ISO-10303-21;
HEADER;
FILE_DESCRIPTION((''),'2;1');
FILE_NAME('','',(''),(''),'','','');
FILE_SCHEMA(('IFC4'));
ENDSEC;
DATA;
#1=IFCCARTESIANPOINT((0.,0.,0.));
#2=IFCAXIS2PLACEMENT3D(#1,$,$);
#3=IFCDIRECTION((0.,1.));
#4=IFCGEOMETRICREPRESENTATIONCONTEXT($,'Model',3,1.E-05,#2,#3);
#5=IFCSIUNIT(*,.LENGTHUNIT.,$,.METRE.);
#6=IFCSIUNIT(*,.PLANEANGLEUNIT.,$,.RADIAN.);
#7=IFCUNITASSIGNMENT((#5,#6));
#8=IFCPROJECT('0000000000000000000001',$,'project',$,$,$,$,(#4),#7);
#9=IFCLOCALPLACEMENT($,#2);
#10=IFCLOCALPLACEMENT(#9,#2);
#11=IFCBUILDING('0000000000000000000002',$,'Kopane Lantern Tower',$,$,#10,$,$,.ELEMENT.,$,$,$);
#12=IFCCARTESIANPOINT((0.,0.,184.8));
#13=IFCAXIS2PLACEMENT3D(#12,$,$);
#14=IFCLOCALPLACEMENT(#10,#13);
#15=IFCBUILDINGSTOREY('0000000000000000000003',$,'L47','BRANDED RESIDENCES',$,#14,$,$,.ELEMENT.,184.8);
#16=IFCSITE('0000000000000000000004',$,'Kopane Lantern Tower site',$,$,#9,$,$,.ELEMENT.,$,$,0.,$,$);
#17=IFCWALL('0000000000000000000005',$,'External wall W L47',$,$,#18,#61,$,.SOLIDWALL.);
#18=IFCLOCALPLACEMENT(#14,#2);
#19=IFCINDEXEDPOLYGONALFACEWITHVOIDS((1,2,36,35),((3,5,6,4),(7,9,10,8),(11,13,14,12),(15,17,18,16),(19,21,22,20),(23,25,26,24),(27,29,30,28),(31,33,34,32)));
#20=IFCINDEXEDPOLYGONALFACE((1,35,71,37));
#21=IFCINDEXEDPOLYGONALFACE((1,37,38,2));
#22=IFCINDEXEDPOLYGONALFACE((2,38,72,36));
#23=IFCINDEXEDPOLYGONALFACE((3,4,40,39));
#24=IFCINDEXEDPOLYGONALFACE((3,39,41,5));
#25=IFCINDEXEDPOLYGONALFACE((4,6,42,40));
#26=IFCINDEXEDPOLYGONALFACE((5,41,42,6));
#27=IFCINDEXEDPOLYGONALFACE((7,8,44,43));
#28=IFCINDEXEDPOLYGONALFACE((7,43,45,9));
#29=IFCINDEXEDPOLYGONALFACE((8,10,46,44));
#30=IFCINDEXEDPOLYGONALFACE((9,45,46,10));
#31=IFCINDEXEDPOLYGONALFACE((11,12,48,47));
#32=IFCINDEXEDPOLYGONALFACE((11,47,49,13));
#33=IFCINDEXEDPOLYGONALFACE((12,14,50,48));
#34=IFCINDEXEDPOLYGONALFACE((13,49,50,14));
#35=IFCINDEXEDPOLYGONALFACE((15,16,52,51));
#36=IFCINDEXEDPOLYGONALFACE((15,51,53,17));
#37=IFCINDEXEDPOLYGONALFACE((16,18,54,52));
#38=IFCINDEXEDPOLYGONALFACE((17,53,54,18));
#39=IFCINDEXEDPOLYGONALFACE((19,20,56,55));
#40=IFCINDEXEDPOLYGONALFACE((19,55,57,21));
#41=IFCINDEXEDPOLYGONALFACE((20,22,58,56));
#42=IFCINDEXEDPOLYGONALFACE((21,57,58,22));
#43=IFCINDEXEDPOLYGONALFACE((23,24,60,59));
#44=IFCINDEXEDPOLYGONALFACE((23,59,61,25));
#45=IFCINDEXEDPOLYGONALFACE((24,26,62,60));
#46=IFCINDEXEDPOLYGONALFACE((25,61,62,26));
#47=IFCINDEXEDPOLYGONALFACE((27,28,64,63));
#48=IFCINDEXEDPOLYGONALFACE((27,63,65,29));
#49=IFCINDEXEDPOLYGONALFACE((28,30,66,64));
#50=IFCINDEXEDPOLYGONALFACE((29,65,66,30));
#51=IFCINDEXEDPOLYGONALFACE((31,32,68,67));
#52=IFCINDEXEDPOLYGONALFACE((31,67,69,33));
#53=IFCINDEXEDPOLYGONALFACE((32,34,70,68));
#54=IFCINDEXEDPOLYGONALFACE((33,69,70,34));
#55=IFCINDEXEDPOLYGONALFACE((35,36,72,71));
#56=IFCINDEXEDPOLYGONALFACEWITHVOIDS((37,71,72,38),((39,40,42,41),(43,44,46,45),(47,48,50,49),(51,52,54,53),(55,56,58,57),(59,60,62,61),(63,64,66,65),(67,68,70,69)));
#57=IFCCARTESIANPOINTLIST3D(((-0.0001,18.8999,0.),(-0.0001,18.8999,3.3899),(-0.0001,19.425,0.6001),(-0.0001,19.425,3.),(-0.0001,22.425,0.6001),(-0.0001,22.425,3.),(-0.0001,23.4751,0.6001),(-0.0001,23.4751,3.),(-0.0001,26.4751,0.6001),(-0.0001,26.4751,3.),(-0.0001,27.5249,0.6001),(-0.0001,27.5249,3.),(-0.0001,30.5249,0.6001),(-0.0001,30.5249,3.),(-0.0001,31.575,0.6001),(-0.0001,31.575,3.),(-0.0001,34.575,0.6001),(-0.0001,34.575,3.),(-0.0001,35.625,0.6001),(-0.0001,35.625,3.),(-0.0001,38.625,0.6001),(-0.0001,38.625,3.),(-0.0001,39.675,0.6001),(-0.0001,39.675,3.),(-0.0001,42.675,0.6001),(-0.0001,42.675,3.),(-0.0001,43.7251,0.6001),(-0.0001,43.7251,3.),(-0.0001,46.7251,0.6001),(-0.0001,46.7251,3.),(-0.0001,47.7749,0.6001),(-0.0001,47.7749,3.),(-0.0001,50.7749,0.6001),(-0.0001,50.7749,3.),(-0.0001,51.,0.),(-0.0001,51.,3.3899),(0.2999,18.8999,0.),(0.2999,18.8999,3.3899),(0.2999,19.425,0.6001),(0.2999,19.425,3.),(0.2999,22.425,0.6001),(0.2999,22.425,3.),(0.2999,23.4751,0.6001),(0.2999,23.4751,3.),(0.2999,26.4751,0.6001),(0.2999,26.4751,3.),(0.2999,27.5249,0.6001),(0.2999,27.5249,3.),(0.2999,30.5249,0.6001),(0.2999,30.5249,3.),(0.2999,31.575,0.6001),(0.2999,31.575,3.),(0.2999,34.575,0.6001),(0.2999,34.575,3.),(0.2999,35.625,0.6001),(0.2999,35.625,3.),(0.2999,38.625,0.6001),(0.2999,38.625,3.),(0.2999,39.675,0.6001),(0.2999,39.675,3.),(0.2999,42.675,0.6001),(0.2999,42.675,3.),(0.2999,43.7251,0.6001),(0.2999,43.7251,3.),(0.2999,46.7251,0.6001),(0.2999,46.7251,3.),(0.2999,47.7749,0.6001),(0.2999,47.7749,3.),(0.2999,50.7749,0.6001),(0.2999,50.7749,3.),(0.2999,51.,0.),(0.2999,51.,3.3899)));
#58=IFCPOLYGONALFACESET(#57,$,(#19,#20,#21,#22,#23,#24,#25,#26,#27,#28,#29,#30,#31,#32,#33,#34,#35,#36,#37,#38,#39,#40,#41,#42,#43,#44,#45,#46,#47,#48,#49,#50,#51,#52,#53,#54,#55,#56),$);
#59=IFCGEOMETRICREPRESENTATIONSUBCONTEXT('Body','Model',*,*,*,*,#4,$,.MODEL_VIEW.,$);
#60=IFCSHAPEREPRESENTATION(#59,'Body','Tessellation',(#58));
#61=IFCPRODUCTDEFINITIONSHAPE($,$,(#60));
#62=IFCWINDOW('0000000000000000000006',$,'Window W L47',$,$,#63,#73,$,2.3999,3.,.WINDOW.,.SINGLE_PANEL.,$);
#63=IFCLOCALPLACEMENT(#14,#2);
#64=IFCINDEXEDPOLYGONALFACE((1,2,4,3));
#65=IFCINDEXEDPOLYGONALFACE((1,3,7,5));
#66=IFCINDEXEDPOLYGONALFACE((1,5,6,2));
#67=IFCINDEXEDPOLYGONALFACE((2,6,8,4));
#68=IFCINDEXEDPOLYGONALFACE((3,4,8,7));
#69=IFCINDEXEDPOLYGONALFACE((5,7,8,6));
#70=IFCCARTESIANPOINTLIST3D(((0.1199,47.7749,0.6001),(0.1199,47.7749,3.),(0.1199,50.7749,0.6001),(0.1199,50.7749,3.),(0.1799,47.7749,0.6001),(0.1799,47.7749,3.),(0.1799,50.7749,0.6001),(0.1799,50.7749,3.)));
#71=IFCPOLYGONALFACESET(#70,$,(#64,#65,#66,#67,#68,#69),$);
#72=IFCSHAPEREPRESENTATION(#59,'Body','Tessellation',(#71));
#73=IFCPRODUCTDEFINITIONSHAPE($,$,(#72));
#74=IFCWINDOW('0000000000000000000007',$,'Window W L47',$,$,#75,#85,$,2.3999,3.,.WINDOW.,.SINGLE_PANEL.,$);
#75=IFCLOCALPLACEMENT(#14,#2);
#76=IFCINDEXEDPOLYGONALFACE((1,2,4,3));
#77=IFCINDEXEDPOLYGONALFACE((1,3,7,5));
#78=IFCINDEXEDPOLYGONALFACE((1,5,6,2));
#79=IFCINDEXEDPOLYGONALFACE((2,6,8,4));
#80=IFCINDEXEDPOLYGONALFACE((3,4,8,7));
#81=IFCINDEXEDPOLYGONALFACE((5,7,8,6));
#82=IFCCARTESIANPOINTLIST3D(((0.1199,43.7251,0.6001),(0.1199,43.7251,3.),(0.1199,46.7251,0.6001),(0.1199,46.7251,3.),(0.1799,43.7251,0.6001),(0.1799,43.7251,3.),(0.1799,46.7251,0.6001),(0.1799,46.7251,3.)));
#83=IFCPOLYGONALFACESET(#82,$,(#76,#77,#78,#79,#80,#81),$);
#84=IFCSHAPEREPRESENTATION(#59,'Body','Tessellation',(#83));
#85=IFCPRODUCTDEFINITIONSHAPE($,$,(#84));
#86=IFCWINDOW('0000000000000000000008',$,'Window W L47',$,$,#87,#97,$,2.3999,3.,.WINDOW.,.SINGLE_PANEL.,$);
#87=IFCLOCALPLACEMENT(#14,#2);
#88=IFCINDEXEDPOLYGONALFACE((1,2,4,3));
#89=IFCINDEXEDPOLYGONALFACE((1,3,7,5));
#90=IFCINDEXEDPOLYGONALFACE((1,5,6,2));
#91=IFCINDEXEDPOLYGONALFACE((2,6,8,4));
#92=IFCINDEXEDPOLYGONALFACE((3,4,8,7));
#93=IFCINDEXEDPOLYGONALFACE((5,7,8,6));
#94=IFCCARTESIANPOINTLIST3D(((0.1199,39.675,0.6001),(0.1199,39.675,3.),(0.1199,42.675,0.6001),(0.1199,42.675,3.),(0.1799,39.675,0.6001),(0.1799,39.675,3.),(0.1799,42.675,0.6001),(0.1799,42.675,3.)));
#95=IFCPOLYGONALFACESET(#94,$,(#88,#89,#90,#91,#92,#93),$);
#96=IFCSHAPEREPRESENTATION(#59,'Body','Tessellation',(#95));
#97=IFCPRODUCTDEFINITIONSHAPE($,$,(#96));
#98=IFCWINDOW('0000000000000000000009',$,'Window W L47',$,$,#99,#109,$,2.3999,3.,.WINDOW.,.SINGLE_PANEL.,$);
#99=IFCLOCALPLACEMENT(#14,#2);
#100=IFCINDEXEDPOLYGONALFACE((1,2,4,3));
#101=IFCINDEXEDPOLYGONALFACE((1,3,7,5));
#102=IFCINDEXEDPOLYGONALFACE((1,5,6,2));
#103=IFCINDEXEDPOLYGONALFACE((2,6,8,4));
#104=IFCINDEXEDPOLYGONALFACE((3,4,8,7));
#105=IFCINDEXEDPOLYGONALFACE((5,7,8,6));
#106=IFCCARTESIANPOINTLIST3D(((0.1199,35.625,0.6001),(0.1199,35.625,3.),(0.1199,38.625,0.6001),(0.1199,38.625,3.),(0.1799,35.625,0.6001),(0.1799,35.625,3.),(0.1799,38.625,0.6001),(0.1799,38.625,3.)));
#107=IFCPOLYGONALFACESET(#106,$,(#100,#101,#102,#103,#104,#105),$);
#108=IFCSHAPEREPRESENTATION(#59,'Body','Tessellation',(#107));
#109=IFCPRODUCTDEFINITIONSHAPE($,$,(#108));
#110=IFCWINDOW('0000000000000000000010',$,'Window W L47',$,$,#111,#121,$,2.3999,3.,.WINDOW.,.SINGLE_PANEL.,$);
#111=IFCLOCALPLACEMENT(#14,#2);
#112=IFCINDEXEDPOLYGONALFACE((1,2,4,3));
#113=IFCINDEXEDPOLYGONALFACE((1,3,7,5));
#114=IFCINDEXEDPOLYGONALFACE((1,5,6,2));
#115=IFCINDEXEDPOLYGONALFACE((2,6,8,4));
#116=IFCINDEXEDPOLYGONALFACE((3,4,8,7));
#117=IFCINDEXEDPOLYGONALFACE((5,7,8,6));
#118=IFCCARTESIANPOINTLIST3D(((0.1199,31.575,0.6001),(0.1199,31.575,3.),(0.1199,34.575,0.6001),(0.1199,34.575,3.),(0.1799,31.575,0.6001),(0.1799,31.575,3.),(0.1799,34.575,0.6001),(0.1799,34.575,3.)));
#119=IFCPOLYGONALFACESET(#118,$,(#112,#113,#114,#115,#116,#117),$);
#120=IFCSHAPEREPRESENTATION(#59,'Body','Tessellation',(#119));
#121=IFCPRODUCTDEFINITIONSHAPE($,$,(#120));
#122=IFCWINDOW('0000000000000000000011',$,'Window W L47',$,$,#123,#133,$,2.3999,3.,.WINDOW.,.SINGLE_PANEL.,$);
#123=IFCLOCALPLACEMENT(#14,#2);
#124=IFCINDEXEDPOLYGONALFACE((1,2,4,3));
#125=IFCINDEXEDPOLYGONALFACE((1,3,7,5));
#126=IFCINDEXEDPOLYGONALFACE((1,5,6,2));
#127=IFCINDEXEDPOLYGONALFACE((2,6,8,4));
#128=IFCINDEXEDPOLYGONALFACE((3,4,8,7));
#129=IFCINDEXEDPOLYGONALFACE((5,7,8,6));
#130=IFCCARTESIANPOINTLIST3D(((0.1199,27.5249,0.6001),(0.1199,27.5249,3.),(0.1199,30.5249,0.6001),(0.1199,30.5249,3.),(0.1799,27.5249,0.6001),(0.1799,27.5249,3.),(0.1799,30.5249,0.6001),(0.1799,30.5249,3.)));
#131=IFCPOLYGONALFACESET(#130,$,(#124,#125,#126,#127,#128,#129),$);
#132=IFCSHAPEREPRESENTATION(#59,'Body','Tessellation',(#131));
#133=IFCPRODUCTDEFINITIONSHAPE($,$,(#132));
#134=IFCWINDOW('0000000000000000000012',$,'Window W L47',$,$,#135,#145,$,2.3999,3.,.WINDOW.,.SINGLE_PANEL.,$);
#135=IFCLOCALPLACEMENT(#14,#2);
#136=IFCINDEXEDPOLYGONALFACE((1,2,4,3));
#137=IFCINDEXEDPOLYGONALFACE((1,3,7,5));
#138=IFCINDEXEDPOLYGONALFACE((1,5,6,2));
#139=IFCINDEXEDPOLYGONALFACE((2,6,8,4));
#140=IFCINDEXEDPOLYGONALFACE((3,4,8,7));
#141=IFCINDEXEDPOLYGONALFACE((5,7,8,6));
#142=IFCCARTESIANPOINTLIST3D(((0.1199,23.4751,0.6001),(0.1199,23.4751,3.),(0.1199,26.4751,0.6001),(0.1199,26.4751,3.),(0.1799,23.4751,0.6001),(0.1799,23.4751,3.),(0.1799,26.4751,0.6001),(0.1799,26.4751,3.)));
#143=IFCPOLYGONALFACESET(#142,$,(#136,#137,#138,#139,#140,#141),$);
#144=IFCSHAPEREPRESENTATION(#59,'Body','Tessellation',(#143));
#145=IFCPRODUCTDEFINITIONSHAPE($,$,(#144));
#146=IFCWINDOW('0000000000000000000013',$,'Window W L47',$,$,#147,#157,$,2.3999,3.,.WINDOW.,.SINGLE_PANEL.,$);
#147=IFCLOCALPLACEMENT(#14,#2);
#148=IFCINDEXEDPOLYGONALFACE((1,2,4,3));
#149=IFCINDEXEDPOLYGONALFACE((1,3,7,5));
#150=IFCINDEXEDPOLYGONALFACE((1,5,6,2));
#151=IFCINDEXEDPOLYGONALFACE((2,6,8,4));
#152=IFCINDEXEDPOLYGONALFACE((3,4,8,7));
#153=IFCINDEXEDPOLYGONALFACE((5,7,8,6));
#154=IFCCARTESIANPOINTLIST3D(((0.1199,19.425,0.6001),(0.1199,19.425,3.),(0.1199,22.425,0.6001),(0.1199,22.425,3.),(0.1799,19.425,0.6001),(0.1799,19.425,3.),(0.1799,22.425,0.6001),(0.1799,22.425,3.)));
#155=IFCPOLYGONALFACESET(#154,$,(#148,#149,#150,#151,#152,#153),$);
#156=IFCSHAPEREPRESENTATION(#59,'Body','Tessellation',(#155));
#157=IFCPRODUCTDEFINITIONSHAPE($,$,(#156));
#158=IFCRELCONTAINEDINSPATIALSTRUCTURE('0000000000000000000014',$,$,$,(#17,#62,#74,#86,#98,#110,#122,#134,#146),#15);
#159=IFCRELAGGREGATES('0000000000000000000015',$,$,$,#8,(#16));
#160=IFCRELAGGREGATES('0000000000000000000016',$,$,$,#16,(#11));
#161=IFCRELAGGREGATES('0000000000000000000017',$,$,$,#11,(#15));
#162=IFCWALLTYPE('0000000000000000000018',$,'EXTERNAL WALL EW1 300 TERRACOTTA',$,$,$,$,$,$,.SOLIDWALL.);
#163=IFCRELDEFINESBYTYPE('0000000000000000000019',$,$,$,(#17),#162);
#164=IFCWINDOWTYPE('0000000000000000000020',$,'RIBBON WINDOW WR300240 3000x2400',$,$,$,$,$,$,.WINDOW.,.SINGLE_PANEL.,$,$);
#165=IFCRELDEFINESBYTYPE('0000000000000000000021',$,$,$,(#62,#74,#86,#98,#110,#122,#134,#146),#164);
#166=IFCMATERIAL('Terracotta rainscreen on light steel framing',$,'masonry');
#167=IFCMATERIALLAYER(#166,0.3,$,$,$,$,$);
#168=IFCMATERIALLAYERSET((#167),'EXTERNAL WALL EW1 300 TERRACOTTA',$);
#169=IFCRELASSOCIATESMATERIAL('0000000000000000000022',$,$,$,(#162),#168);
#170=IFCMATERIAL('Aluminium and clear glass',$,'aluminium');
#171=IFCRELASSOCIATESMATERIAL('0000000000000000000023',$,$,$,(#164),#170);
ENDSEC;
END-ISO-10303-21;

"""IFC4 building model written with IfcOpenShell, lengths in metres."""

from ifc_helpers import new_model, si_unit, direction, frame, frame_2d, origin, place, context, subcontext, project, spatial, rectangle, extrude, material, layer, layer_set, type_object, element, fill, save


model = new_model("IFC4")

# Units and contexts
model_context = context("Model", 3, precision=1e-05, world=origin(), true_north=direction((0.0, 1.0)))
body_context = subcontext(model_context, "Body", "Model", "MODEL_VIEW")
ifc_project = project(units=[si_unit("LENGTHUNIT", "METRE"), si_unit("PLANEANGLEUNIT", "RADIAN")], contexts=[model_context])

# Site, building, storey
site_placement = place(None, origin())
site = spatial("IfcSite", under=ifc_project, at=site_placement, Name="Kopane Lantern Tower site", CompositionType="ELEMENT", RefElevation=0.0)
building_placement = place(site_placement, origin())
building = spatial("IfcBuilding", under=site, at=building_placement, Name="Kopane Lantern Tower", CompositionType="ELEMENT")
storey_placement = place(building_placement, frame((0.0, 0.0, 184.8)))
storey = spatial("IfcBuildingStorey", under=building, at=storey_placement, Name="L47", Description="BRANDED RESIDENCES", CompositionType="ELEMENT", Elevation=184.8)

# Shared definitions
ifc_material_1 = material(Name="Terracotta rainscreen on light steel framing", Category="masonry")
ifc_layer = layer(ifc_material_1, 0.3)
ifc_layer_set = layer_set([ifc_layer], Name="EXTERNAL WALL EW1 300 TERRACOTTA")
wall_type = type_object("IfcWallType", Name="EXTERNAL WALL EW1 300 TERRACOTTA", PredefinedType="SOLIDWALL", material=ifc_layer_set)

# Wall, openings, windows
wall_1_placement = place(storey_placement, frame((0.1499, 51.0, 0.0), z_axis=(0.0, 0.0, 1.0), x_axis=(0.0, -1.0, 0.0)))
wall_1 = element("IfcWall", 1, at=wall_1_placement, inside=storey, type_object=wall_type, Name="External wall W L47", PredefinedType="SOLIDWALL", context=body_context, shape_type="SweptSolid", body=[
    extrude(rectangle(XDim=32.1001, YDim=0.3, at=frame_2d((16.05, 0.0))), origin(), (0.0, 0.0, 1.0), 3.3899),
])
opening_1_placement = place(wall_1_placement, frame((0.2251, 0.0, 0.6001)))
opening_1 = element("IfcOpeningElement", 2, at=opening_1_placement, cuts=wall_1, PredefinedType="OPENING", context=body_context, shape_type="SweptSolid", body=[
    extrude(rectangle(XDim=3.0, YDim=2.3999, at=frame_2d((1.5, 1.2))), frame((0.0, 0.1599, 0.0), z_axis=(0.0, -1.0, 0.0), x_axis=(1.0, 0.0, 0.0)), (0.0, 0.0, 1.0), 0.3201),
])
opening_2_placement = place(wall_1_placement, frame((4.2749, 0.0, 0.6001)))
opening_2 = element("IfcOpeningElement", 3, at=opening_2_placement, cuts=wall_1, PredefinedType="OPENING", context=body_context, shape_type="SweptSolid", body=[
    extrude(rectangle(XDim=3.0, YDim=2.3999, at=frame_2d((1.5, 1.2))), frame((0.0, 0.1599, 0.0), z_axis=(0.0, -1.0, 0.0), x_axis=(1.0, 0.0, 0.0)), (0.0, 0.0, 1.0), 0.3201),
])
opening_3_placement = place(wall_1_placement, frame((8.325, 0.0, 0.6001)))
opening_3 = element("IfcOpeningElement", 4, at=opening_3_placement, cuts=wall_1, PredefinedType="OPENING", context=body_context, shape_type="SweptSolid", body=[
    extrude(rectangle(XDim=3.0, YDim=2.3999, at=frame_2d((1.5, 1.2))), frame((0.0, 0.1599, 0.0), z_axis=(0.0, -1.0, 0.0), x_axis=(1.0, 0.0, 0.0)), (0.0, 0.0, 1.0), 0.3201),
])
opening_4_placement = place(wall_1_placement, frame((12.375, 0.0, 0.6001)))
opening_4 = element("IfcOpeningElement", 5, at=opening_4_placement, cuts=wall_1, PredefinedType="OPENING", context=body_context, shape_type="SweptSolid", body=[
    extrude(rectangle(XDim=3.0, YDim=2.3999, at=frame_2d((1.5, 1.2))), frame((0.0, 0.1599, 0.0), z_axis=(0.0, -1.0, 0.0), x_axis=(1.0, 0.0, 0.0)), (0.0, 0.0, 1.0), 0.3201),
])
opening_5_placement = place(wall_1_placement, frame((16.425, 0.0, 0.6001)))
opening_5 = element("IfcOpeningElement", 6, at=opening_5_placement, cuts=wall_1, PredefinedType="OPENING", context=body_context, shape_type="SweptSolid", body=[
    extrude(rectangle(XDim=3.0, YDim=2.3999, at=frame_2d((1.5, 1.2))), frame((0.0, 0.1599, 0.0), z_axis=(0.0, -1.0, 0.0), x_axis=(1.0, 0.0, 0.0)), (0.0, 0.0, 1.0), 0.3201),
])
opening_6_placement = place(wall_1_placement, frame((20.4751, 0.0, 0.6001)))
opening_6 = element("IfcOpeningElement", 7, at=opening_6_placement, cuts=wall_1, PredefinedType="OPENING", context=body_context, shape_type="SweptSolid", body=[
    extrude(rectangle(XDim=3.0, YDim=2.3999, at=frame_2d((1.5, 1.2))), frame((0.0, 0.1599, 0.0), z_axis=(0.0, -1.0, 0.0), x_axis=(1.0, 0.0, 0.0)), (0.0, 0.0, 1.0), 0.3201),
])
opening_7_placement = place(wall_1_placement, frame((24.5249, 0.0, 0.6001)))
opening_7 = element("IfcOpeningElement", 8, at=opening_7_placement, cuts=wall_1, PredefinedType="OPENING", context=body_context, shape_type="SweptSolid", body=[
    extrude(rectangle(XDim=3.0, YDim=2.3999, at=frame_2d((1.5, 1.2))), frame((0.0, 0.1599, 0.0), z_axis=(0.0, -1.0, 0.0), x_axis=(1.0, 0.0, 0.0)), (0.0, 0.0, 1.0), 0.3201),
])
opening_8_placement = place(wall_1_placement, frame((28.575, 0.0, 0.6001)))
opening_8 = element("IfcOpeningElement", 9, at=opening_8_placement, cuts=wall_1, PredefinedType="OPENING", context=body_context, shape_type="SweptSolid", body=[
    extrude(rectangle(XDim=3.0, YDim=2.3999, at=frame_2d((1.5, 1.2))), frame((0.0, 0.1599, 0.0), z_axis=(0.0, -1.0, 0.0), x_axis=(1.0, 0.0, 0.0)), (0.0, 0.0, 1.0), 0.3201),
])
ifc_material_2 = material(Name="Aluminium and clear glass", Category="aluminium")
window_type_1 = type_object("IfcWindowType", Name="RIBBON WINDOW WR300240 3000x2400", PartitioningType="SINGLE_PANEL", PredefinedType="WINDOW", material=ifc_material_2)
window_1_placement = place(opening_1_placement, origin())
window_1 = element("IfcWindow", 10, at=window_1_placement, inside=storey, type_object=window_type_1, Name="Window W L47", OverallHeight=2.3999, OverallWidth=3.0, PartitioningType="SINGLE_PANEL", PredefinedType="WINDOW", context=body_context, shape_type="SweptSolid", body=[
    extrude(rectangle(XDim=3.0, YDim=2.3999, at=frame_2d((1.5, 1.2))), frame((0.0, 0.03, 0.0), z_axis=(0.0, -1.0, 0.0), x_axis=(1.0, 0.0, 0.0)), (0.0, 0.0, 1.0), 0.0601),
])
fill(opening_1, window_1)
window_2_placement = place(opening_2_placement, origin())
window_2 = element("IfcWindow", 11, at=window_2_placement, inside=storey, type_object=window_type_1, Name="Window W L47", OverallHeight=2.3999, OverallWidth=3.0, PartitioningType="SINGLE_PANEL", PredefinedType="WINDOW", context=body_context, shape_type="SweptSolid", body=[
    extrude(rectangle(XDim=3.0, YDim=2.3999, at=frame_2d((1.5, 1.2))), frame((0.0, 0.03, 0.0), z_axis=(0.0, -1.0, 0.0), x_axis=(1.0, 0.0, 0.0)), (0.0, 0.0, 1.0), 0.0601),
])
fill(opening_2, window_2)
window_3_placement = place(opening_3_placement, origin())
window_3 = element("IfcWindow", 12, at=window_3_placement, inside=storey, type_object=window_type_1, Name="Window W L47", OverallHeight=2.3999, OverallWidth=3.0, PartitioningType="SINGLE_PANEL", PredefinedType="WINDOW", context=body_context, shape_type="SweptSolid", body=[
    extrude(rectangle(XDim=3.0, YDim=2.3999, at=frame_2d((1.5, 1.2))), frame((0.0, 0.03, 0.0), z_axis=(0.0, -1.0, 0.0), x_axis=(1.0, 0.0, 0.0)), (0.0, 0.0, 1.0), 0.0601),
])
fill(opening_3, window_3)
window_4_placement = place(opening_4_placement, origin())
window_4 = element("IfcWindow", 13, at=window_4_placement, inside=storey, type_object=window_type_1, Name="Window W L47", OverallHeight=2.3999, OverallWidth=3.0, PartitioningType="SINGLE_PANEL", PredefinedType="WINDOW", context=body_context, shape_type="SweptSolid", body=[
    extrude(rectangle(XDim=3.0, YDim=2.3999, at=frame_2d((1.5, 1.2))), frame((0.0, 0.03, 0.0), z_axis=(0.0, -1.0, 0.0), x_axis=(1.0, 0.0, 0.0)), (0.0, 0.0, 1.0), 0.0601),
])
fill(opening_4, window_4)
window_5_placement = place(opening_5_placement, origin())
window_5 = element("IfcWindow", 14, at=window_5_placement, inside=storey, type_object=window_type_1, Name="Window W L47", OverallHeight=2.3999, OverallWidth=3.0, PartitioningType="SINGLE_PANEL", PredefinedType="WINDOW", context=body_context, shape_type="SweptSolid", body=[
    extrude(rectangle(XDim=3.0, YDim=2.3999, at=frame_2d((1.5, 1.2))), frame((0.0, 0.03, 0.0), z_axis=(0.0, -1.0, 0.0), x_axis=(1.0, 0.0, 0.0)), (0.0, 0.0, 1.0), 0.0601),
])
fill(opening_5, window_5)
window_6_placement = place(opening_6_placement, origin())
window_6 = element("IfcWindow", 15, at=window_6_placement, inside=storey, type_object=window_type_1, Name="Window W L47", OverallHeight=2.3999, OverallWidth=3.0, PartitioningType="SINGLE_PANEL", PredefinedType="WINDOW", context=body_context, shape_type="SweptSolid", body=[
    extrude(rectangle(XDim=3.0, YDim=2.3999, at=frame_2d((1.5, 1.2))), frame((0.0, 0.03, 0.0), z_axis=(0.0, -1.0, 0.0), x_axis=(1.0, 0.0, 0.0)), (0.0, 0.0, 1.0), 0.0601),
])
fill(opening_6, window_6)
window_7_placement = place(opening_7_placement, origin())
window_7 = element("IfcWindow", 16, at=window_7_placement, inside=storey, type_object=window_type_1, Name="Window W L47", OverallHeight=2.3999, OverallWidth=3.0, PartitioningType="SINGLE_PANEL", PredefinedType="WINDOW", context=body_context, shape_type="SweptSolid", body=[
    extrude(rectangle(XDim=3.0, YDim=2.3999, at=frame_2d((1.5, 1.2))), frame((0.0, 0.03, 0.0), z_axis=(0.0, -1.0, 0.0), x_axis=(1.0, 0.0, 0.0)), (0.0, 0.0, 1.0), 0.0601),
])
fill(opening_7, window_7)
window_8_placement = place(opening_8_placement, origin())
window_8 = element("IfcWindow", 17, at=window_8_placement, inside=storey, type_object=window_type_1, Name="Window W L47", OverallHeight=2.3999, OverallWidth=3.0, PartitioningType="SINGLE_PANEL", PredefinedType="WINDOW", context=body_context, shape_type="SweptSolid", body=[
    extrude(rectangle(XDim=3.0, YDim=2.3999, at=frame_2d((1.5, 1.2))), frame((0.0, 0.03, 0.0), z_axis=(0.0, -1.0, 0.0), x_axis=(1.0, 0.0, 0.0)), (0.0, 0.0, 1.0), 0.0601),
])
fill(opening_8, window_8)

save(model, "model.ifc")
